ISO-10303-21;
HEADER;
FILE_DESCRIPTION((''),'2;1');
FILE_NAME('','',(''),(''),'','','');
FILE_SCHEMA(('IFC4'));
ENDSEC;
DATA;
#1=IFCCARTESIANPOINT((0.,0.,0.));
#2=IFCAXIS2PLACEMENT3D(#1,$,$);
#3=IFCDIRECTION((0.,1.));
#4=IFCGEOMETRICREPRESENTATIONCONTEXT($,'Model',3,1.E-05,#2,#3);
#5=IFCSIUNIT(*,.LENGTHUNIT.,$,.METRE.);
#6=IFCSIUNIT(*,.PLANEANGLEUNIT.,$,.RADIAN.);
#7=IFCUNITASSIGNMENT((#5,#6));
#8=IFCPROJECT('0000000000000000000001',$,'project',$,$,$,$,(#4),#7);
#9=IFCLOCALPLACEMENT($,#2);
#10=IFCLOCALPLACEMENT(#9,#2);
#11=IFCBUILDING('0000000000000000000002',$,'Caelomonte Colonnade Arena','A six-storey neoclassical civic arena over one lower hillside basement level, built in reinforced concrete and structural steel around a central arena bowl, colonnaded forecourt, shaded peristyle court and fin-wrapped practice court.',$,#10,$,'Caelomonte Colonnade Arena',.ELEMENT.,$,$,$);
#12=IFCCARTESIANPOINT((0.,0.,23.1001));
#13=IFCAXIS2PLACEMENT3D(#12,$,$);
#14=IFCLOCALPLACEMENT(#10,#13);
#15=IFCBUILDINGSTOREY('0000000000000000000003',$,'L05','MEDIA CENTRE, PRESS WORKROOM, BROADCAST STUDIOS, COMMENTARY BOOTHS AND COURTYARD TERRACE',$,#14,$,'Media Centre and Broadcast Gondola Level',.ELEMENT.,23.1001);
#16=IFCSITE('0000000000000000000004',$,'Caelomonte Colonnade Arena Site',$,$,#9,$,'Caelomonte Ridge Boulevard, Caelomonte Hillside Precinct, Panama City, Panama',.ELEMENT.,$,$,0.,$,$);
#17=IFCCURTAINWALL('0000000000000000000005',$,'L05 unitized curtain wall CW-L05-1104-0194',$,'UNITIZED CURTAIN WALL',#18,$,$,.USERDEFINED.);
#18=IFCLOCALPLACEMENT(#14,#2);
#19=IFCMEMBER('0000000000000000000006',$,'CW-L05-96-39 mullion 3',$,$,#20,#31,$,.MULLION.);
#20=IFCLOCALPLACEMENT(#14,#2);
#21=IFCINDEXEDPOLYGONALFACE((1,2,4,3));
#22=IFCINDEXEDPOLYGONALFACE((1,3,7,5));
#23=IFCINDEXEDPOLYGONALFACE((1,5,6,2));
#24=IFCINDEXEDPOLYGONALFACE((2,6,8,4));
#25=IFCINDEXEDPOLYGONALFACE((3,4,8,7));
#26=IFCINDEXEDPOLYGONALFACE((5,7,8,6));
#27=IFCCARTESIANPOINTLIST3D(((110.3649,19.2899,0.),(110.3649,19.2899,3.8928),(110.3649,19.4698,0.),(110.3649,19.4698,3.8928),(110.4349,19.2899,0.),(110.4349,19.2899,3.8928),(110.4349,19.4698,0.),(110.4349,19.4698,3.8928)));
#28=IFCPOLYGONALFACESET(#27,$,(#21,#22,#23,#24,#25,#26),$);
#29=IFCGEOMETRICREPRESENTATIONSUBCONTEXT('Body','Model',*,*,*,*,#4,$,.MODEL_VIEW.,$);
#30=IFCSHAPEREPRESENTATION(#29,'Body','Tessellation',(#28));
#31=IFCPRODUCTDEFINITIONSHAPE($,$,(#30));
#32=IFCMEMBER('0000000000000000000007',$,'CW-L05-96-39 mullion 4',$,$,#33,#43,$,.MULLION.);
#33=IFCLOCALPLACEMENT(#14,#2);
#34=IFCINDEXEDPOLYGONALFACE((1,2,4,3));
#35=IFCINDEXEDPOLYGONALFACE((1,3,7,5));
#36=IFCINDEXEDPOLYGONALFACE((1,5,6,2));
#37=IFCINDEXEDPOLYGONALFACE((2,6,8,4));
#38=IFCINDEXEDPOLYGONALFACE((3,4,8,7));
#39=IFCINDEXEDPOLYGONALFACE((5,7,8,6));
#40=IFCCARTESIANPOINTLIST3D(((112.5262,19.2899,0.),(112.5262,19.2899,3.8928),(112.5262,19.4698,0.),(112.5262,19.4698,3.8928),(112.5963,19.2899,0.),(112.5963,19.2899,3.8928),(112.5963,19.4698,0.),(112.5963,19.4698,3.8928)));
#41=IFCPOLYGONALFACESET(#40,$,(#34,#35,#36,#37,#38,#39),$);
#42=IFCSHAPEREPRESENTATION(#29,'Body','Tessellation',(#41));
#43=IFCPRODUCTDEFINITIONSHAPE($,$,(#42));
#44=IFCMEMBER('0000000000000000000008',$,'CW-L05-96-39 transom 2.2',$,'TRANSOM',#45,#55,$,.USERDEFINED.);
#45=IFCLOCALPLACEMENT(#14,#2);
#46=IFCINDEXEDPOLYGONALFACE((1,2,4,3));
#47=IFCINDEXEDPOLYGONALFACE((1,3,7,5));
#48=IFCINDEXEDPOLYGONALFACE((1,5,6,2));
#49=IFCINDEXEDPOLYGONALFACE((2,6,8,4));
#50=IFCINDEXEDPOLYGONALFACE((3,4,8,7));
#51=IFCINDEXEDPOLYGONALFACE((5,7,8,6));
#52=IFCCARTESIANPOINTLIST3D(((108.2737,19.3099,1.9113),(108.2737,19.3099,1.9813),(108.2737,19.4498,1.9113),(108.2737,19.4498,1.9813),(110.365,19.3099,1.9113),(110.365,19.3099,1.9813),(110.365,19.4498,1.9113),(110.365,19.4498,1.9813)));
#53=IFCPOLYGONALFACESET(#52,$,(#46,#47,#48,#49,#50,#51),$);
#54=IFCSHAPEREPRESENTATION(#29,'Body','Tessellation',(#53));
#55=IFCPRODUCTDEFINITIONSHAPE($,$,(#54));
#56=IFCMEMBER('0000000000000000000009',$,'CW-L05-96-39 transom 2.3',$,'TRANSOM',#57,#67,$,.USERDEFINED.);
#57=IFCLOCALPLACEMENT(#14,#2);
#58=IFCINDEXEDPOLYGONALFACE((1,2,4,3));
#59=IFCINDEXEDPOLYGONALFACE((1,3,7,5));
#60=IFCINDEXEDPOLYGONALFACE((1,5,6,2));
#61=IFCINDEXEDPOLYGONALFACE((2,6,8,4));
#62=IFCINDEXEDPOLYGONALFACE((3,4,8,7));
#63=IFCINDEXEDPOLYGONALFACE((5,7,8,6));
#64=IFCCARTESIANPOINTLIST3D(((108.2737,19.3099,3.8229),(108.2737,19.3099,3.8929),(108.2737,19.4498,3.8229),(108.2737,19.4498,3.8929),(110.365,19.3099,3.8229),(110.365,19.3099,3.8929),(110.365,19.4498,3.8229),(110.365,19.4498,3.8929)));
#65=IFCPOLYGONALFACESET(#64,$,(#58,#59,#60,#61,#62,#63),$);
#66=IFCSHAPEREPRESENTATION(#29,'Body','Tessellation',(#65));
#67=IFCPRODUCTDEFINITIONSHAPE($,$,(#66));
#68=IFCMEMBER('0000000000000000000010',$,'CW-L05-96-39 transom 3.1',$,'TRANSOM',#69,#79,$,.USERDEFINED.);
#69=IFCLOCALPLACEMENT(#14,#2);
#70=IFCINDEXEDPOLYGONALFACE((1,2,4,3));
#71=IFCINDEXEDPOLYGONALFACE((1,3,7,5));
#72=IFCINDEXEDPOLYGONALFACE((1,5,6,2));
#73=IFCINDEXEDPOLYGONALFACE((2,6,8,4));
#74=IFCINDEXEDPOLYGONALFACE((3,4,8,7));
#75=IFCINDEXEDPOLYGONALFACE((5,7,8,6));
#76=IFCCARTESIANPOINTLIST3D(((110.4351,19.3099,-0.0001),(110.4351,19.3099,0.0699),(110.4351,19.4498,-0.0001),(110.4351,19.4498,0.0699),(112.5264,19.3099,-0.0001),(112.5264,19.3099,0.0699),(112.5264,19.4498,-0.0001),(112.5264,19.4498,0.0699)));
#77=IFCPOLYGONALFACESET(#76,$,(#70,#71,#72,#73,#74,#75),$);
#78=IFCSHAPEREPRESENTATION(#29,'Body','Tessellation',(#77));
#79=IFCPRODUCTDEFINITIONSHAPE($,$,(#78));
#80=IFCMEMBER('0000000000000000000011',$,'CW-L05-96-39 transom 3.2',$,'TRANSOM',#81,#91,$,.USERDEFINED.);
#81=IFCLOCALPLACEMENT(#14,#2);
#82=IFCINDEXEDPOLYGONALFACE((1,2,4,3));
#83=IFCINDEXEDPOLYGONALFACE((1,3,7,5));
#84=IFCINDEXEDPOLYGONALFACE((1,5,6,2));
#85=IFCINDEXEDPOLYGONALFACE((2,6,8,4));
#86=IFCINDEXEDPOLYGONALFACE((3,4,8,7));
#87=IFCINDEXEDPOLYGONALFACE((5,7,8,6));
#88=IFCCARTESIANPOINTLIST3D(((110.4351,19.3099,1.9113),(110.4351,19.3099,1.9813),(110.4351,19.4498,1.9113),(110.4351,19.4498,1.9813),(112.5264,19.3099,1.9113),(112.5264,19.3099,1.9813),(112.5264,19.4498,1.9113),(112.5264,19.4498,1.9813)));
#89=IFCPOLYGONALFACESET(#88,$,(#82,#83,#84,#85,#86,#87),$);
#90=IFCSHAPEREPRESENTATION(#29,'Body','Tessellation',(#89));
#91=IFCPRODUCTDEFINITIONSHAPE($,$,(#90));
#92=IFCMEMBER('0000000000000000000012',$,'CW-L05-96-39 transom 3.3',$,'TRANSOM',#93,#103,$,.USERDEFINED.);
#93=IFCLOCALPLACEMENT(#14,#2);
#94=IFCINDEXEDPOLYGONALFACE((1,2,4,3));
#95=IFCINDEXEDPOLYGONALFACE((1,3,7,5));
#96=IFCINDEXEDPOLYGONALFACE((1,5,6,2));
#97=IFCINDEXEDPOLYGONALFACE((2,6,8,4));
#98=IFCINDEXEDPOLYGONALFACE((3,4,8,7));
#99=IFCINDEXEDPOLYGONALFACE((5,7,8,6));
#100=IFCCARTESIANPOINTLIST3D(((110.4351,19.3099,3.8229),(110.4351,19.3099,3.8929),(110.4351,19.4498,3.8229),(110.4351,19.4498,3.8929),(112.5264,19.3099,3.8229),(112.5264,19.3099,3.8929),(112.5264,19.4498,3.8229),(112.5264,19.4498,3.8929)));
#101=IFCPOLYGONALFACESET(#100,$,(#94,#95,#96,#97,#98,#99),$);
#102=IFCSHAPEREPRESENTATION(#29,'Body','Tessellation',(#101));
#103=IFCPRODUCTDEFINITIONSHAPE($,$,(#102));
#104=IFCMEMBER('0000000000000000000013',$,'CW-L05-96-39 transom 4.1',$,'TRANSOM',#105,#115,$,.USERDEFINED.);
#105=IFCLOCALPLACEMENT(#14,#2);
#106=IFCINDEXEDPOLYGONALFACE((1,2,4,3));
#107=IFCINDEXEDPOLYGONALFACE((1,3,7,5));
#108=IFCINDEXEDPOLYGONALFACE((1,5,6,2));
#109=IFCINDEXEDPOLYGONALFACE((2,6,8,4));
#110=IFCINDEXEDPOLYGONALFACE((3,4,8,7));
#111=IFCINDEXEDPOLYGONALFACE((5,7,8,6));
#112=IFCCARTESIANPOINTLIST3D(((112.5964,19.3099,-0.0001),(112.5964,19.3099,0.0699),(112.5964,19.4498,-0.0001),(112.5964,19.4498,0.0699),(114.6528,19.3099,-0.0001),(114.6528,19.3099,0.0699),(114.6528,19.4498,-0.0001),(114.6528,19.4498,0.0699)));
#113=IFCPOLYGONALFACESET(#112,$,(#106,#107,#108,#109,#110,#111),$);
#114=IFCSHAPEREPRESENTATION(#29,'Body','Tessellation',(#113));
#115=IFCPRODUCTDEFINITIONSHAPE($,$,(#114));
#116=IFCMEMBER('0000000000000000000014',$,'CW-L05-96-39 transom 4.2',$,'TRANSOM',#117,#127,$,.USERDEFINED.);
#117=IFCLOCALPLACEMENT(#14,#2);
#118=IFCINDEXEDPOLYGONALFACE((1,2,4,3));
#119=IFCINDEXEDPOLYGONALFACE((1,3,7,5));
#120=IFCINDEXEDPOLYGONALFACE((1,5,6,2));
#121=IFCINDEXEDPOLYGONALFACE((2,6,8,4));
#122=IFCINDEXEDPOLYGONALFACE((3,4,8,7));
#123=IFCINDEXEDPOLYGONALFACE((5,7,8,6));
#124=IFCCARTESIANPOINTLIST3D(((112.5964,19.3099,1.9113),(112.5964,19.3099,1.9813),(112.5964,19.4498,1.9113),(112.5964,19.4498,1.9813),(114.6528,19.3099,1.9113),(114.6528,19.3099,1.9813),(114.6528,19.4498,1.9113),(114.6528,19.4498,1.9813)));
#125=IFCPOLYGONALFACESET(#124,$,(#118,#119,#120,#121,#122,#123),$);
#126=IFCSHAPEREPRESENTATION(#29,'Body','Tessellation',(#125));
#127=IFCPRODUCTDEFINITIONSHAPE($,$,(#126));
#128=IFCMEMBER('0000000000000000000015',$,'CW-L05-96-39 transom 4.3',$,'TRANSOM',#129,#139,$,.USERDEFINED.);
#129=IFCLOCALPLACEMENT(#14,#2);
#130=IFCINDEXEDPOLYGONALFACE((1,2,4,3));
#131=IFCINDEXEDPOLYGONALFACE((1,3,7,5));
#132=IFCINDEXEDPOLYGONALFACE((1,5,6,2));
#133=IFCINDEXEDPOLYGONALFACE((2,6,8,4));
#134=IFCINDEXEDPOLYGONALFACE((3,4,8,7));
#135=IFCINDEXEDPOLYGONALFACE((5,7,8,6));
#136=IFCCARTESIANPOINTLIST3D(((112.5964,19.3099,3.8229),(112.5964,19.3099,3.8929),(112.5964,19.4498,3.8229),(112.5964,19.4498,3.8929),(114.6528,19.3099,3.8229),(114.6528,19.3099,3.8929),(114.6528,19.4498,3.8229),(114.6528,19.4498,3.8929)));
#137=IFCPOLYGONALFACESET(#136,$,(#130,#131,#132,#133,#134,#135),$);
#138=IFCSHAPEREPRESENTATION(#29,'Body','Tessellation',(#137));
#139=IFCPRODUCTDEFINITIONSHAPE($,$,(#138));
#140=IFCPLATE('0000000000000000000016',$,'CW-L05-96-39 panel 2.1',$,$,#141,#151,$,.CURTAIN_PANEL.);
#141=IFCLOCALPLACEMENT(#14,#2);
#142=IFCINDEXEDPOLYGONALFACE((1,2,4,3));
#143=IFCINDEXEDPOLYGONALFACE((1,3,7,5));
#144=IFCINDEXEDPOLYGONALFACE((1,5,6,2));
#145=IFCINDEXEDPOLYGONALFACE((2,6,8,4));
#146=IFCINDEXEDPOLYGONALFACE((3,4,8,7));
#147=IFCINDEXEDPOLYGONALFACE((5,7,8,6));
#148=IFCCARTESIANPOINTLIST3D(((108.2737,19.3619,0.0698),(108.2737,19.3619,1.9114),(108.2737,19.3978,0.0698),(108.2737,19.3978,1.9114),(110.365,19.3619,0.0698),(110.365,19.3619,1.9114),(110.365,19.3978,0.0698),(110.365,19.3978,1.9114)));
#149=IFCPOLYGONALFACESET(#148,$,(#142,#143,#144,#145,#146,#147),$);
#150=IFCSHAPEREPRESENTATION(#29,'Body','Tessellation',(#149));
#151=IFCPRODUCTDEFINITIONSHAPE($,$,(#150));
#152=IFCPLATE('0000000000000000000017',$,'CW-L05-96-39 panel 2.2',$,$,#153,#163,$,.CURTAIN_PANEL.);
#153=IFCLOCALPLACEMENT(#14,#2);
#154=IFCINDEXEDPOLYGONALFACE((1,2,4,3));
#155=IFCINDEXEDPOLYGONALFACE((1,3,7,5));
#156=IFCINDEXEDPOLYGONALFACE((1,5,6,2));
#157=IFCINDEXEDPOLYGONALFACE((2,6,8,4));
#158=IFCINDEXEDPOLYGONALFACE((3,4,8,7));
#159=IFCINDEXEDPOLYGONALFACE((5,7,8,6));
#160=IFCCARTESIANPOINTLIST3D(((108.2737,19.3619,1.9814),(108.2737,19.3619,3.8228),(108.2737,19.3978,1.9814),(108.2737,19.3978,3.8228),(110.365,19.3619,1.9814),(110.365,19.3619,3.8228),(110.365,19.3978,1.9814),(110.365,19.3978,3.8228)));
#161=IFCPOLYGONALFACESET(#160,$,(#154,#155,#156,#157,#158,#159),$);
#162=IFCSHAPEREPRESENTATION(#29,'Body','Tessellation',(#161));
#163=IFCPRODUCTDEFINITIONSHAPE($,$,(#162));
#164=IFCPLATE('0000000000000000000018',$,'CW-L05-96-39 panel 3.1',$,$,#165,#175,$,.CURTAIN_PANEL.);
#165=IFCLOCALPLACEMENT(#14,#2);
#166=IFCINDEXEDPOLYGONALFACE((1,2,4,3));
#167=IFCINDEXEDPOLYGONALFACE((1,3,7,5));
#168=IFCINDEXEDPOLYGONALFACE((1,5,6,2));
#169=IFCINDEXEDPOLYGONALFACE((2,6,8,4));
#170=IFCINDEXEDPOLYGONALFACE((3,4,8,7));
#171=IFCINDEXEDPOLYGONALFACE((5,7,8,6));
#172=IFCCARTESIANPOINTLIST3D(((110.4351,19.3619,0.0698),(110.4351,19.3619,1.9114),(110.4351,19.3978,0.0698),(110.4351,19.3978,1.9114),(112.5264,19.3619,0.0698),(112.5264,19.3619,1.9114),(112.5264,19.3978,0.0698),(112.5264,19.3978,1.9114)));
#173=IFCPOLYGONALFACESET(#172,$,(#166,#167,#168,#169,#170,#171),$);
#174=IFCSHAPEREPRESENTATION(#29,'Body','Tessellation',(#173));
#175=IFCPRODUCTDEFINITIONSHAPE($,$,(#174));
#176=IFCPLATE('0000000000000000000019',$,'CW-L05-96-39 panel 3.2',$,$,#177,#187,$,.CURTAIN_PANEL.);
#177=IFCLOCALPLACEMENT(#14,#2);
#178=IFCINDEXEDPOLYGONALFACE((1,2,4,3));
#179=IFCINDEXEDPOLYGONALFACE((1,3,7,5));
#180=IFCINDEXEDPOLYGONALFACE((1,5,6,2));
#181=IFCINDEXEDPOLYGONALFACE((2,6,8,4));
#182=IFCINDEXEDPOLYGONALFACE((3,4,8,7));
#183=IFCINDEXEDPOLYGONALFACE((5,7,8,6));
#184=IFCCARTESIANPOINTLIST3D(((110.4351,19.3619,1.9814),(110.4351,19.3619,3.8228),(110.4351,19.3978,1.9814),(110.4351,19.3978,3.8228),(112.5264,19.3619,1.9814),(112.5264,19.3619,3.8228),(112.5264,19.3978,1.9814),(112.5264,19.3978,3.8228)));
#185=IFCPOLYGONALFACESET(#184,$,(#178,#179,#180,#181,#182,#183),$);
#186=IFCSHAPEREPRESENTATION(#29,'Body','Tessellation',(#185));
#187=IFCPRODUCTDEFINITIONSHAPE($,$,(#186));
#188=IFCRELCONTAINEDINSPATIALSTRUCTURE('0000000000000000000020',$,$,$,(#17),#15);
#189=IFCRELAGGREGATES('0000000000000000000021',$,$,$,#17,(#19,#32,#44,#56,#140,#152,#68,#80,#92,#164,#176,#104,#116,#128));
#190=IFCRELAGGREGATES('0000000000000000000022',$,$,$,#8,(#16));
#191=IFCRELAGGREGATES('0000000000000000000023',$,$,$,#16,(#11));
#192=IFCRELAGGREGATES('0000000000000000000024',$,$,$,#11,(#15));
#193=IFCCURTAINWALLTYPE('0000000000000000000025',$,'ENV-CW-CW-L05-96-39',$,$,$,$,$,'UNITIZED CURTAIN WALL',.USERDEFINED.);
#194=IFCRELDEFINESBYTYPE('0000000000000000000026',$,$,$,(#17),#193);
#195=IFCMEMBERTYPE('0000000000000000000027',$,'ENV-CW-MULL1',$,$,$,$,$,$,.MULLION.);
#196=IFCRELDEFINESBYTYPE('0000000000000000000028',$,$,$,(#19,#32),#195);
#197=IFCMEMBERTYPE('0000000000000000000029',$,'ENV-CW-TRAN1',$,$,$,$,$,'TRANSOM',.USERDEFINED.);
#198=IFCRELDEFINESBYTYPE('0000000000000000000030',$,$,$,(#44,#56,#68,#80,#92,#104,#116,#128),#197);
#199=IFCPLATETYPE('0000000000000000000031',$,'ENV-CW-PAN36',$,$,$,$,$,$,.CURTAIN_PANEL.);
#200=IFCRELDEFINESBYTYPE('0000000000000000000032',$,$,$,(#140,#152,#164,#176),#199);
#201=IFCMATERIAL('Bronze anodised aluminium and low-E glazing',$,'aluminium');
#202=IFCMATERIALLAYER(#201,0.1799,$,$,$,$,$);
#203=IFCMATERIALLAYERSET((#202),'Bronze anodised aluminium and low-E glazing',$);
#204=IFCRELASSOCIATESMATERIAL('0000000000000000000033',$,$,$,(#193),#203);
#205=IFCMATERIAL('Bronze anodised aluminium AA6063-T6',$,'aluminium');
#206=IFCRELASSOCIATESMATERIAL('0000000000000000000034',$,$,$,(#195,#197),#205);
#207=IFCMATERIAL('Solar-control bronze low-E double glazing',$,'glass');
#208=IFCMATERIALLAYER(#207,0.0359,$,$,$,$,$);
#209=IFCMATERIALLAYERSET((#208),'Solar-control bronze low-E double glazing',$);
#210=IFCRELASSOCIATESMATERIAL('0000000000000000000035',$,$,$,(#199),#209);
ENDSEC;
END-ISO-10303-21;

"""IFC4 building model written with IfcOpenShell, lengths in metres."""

from ifc_helpers import new_model, si_unit, direction, frame, origin, origin_2d, place, context, subcontext, project, spatial, rectangle, extrude, material, layer, layer_set, material_profile, profile_set, type_object, element, aggregate, save


model = new_model("IFC4")

# Units and contexts
model_context = context("Model", 3, precision=1e-05, world=origin(), true_north=direction((0.0, 1.0)))
body_context = subcontext(model_context, "Body", "Model", "MODEL_VIEW")
ifc_project = project(units=[si_unit("LENGTHUNIT", "METRE"), si_unit("PLANEANGLEUNIT", "RADIAN")], contexts=[model_context])

# Site, building, storey
site_placement = place(None, origin())
site = spatial("IfcSite", under=ifc_project, at=site_placement, Name="Caelomonte Colonnade Arena Site", LongName="Caelomonte Ridge Boulevard, Caelomonte Hillside Precinct, Panama City, Panama", CompositionType="ELEMENT", RefElevation=0.0)
building_placement = place(site_placement, origin())
building = spatial("IfcBuilding", under=site, at=building_placement, Name="Caelomonte Colonnade Arena", Description="A six-storey neoclassical civic arena over one lower hillside basement level, built in reinforced concrete and structural steel around a central arena bowl, colonnaded forecourt, shaded peristyle court and fin-wrapped practice court.", LongName="Caelomonte Colonnade Arena", CompositionType="ELEMENT")
storey_placement = place(building_placement, frame((0.0, 0.0, 23.1001)))
storey = spatial("IfcBuildingStorey", under=building, at=storey_placement, Name="L05", Description="MEDIA CENTRE, PRESS WORKROOM, BROADCAST STUDIOS, COMMENTARY BOOTHS AND COURTYARD TERRACE", LongName="Media Centre and Broadcast Gondola Level", CompositionType="ELEMENT", Elevation=23.1001)

# Curtain wall, members, plates
ifc_material_1 = material(Name="Bronze anodised aluminium and low-E glazing", Category="aluminium")
ifc_layer_1 = layer(ifc_material_1, 0.1799)
ifc_layer_set_1 = layer_set([ifc_layer_1], Name="Bronze anodised aluminium and low-E glazing")
curtain_wall_type = type_object("IfcCurtainWallType", Name="ENV-CW-CW-L05-96-39", ElementType="UNITIZED CURTAIN WALL", PredefinedType="USERDEFINED", material=ifc_layer_set_1)
curtain_wall_placement = place(storey_placement, origin())
curtain_wall = element("IfcCurtainWall", 1, at=curtain_wall_placement, inside=storey, type_object=curtain_wall_type, Name="L05 unitized curtain wall CW-L05-1104-0194", ObjectType="UNITIZED CURTAIN WALL", PredefinedType="USERDEFINED")
ifc_material_2 = material(Name="Bronze anodised aluminium AA6063-T6", Category="aluminium")
ifc_material_profile_1 = material_profile(ifc_material_2, rectangle(XDim=0.0701, YDim=0.1799, at=origin_2d()), Name="CWM-70X180")
ifc_profile_set_1 = profile_set([ifc_material_profile_1], Name="Bronze anodised aluminium AA6063-T6")
member_type_1 = type_object("IfcMemberType", Name="ENV-CW-MULL1", PredefinedType="MULLION", material=ifc_profile_set_1)
member_1_placement = place(storey_placement, frame((110.3999, 19.3799, 0.0), z_axis=(0.0, 0.0, 1.0), x_axis=(1.0, 0.0, 0.0)))
member_1 = element("IfcMember", 2, at=member_1_placement, type_object=member_type_1, Name="CW-L05-96-39 mullion 3", PredefinedType="MULLION", context=body_context, shape_type="SweptSolid", body=[
    extrude(rectangle(XDim=0.0701, YDim=0.1799, at=origin_2d()), origin(), (0.0, 0.0, 1.0), 3.8928),
])
member_2_placement = place(storey_placement, frame((112.5613, 19.3799, 0.0), z_axis=(0.0, 0.0, 1.0), x_axis=(1.0, 0.0, 0.0)))
member_2 = element("IfcMember", 3, at=member_2_placement, type_object=member_type_1, Name="CW-L05-96-39 mullion 4", PredefinedType="MULLION", context=body_context, shape_type="SweptSolid", body=[
    extrude(rectangle(XDim=0.0701, YDim=0.1799, at=origin_2d()), origin(), (0.0, 0.0, 1.0), 3.8928),
])
ifc_material_profile_2 = material_profile(ifc_material_2, rectangle(XDim=0.0701, YDim=0.1399, at=origin_2d()), Name="CWT-70X140")
ifc_profile_set_2 = profile_set([ifc_material_profile_2], Name="Bronze anodised aluminium AA6063-T6")
member_type_2 = type_object("IfcMemberType", Name="ENV-CW-TRAN1", ElementType="TRANSOM", PredefinedType="USERDEFINED", material=ifc_profile_set_2)
member_3_placement = place(storey_placement, frame((108.2737, 19.3799, 1.9463), z_axis=(1.0, 0.0, 0.0), x_axis=(0.0, 0.0, 1.0)))
member_3 = element("IfcMember", 4, at=member_3_placement, type_object=member_type_2, Name="CW-L05-96-39 transom 2.2", ObjectType="TRANSOM", PredefinedType="USERDEFINED", context=body_context, shape_type="SweptSolid", body=[
    extrude(rectangle(XDim=0.0701, YDim=0.1399, at=origin_2d()), origin(), (0.0, 0.0, 1.0), 2.0913),
])
member_4_placement = place(storey_placement, frame((108.2737, 19.3799, 3.8579), z_axis=(1.0, 0.0, 0.0), x_axis=(0.0, 0.0, 1.0)))
member_4 = element("IfcMember", 5, at=member_4_placement, type_object=member_type_2, Name="CW-L05-96-39 transom 2.3", ObjectType="TRANSOM", PredefinedType="USERDEFINED", context=body_context, shape_type="SweptSolid", body=[
    extrude(rectangle(XDim=0.0701, YDim=0.1399, at=origin_2d()), origin(), (0.0, 0.0, 1.0), 2.0913),
])
member_5_placement = place(storey_placement, frame((110.4351, 19.3799, 0.0349), z_axis=(1.0, 0.0, 0.0), x_axis=(0.0, 0.0, 1.0)))
member_5 = element("IfcMember", 6, at=member_5_placement, type_object=member_type_2, Name="CW-L05-96-39 transom 3.1", ObjectType="TRANSOM", PredefinedType="USERDEFINED", context=body_context, shape_type="SweptSolid", body=[
    extrude(rectangle(XDim=0.0701, YDim=0.1399, at=origin_2d()), origin(), (0.0, 0.0, 1.0), 2.0913),
])
member_6_placement = place(storey_placement, frame((110.4351, 19.3799, 1.9463), z_axis=(1.0, 0.0, 0.0), x_axis=(0.0, 0.0, 1.0)))
member_6 = element("IfcMember", 7, at=member_6_placement, type_object=member_type_2, Name="CW-L05-96-39 transom 3.2", ObjectType="TRANSOM", PredefinedType="USERDEFINED", context=body_context, shape_type="SweptSolid", body=[
    extrude(rectangle(XDim=0.0701, YDim=0.1399, at=origin_2d()), origin(), (0.0, 0.0, 1.0), 2.0913),
])
member_7_placement = place(storey_placement, frame((110.4351, 19.3799, 3.8579), z_axis=(1.0, 0.0, 0.0), x_axis=(0.0, 0.0, 1.0)))
member_7 = element("IfcMember", 8, at=member_7_placement, type_object=member_type_2, Name="CW-L05-96-39 transom 3.3", ObjectType="TRANSOM", PredefinedType="USERDEFINED", context=body_context, shape_type="SweptSolid", body=[
    extrude(rectangle(XDim=0.0701, YDim=0.1399, at=origin_2d()), origin(), (0.0, 0.0, 1.0), 2.0913),
])
member_8_placement = place(storey_placement, frame((112.5964, 19.3799, 0.0349), z_axis=(1.0, 0.0, 0.0), x_axis=(0.0, 0.0, 1.0)))
member_8 = element("IfcMember", 9, at=member_8_placement, type_object=member_type_2, Name="CW-L05-96-39 transom 4.1", ObjectType="TRANSOM", PredefinedType="USERDEFINED", context=body_context, shape_type="SweptSolid", body=[
    extrude(rectangle(XDim=0.0701, YDim=0.1399, at=origin_2d()), origin(), (0.0, 0.0, 1.0), 2.0564),
])
member_9_placement = place(storey_placement, frame((112.5964, 19.3799, 1.9463), z_axis=(1.0, 0.0, 0.0), x_axis=(0.0, 0.0, 1.0)))
member_9 = element("IfcMember", 10, at=member_9_placement, type_object=member_type_2, Name="CW-L05-96-39 transom 4.2", ObjectType="TRANSOM", PredefinedType="USERDEFINED", context=body_context, shape_type="SweptSolid", body=[
    extrude(rectangle(XDim=0.0701, YDim=0.1399, at=origin_2d()), origin(), (0.0, 0.0, 1.0), 2.0564),
])
member_10_placement = place(storey_placement, frame((112.5964, 19.3799, 3.8579), z_axis=(1.0, 0.0, 0.0), x_axis=(0.0, 0.0, 1.0)))
member_10 = element("IfcMember", 11, at=member_10_placement, type_object=member_type_2, Name="CW-L05-96-39 transom 4.3", ObjectType="TRANSOM", PredefinedType="USERDEFINED", context=body_context, shape_type="SweptSolid", body=[
    extrude(rectangle(XDim=0.0701, YDim=0.1399, at=origin_2d()), origin(), (0.0, 0.0, 1.0), 2.0564),
])
ifc_material_3 = material(Name="Solar-control bronze low-E double glazing", Category="glass")
ifc_layer_2 = layer(ifc_material_3, 0.0359)
ifc_layer_set_2 = layer_set([ifc_layer_2], Name="Solar-control bronze low-E double glazing")
plate_type = type_object("IfcPlateType", Name="ENV-CW-PAN36", PredefinedType="CURTAIN_PANEL", material=ifc_layer_set_2)
plate_1_placement = place(storey_placement, frame((109.3193, 19.3799, 0.0698), z_axis=(0.0, 0.0, 1.0), x_axis=(1.0, 0.0, 0.0)))
plate_1 = element("IfcPlate", 12, at=plate_1_placement, type_object=plate_type, Name="CW-L05-96-39 panel 2.1", PredefinedType="CURTAIN_PANEL", context=body_context, shape_type="SweptSolid", body=[
    extrude(rectangle(XDim=2.0913, YDim=0.0359, at=origin_2d()), origin(), (0.0, 0.0, 1.0), 1.8416),
])
plate_2_placement = place(storey_placement, frame((109.3193, 19.3799, 1.9814), z_axis=(0.0, 0.0, 1.0), x_axis=(1.0, 0.0, 0.0)))
plate_2 = element("IfcPlate", 13, at=plate_2_placement, type_object=plate_type, Name="CW-L05-96-39 panel 2.2", PredefinedType="CURTAIN_PANEL", context=body_context, shape_type="SweptSolid", body=[
    extrude(rectangle(XDim=2.0913, YDim=0.0359, at=origin_2d()), origin(), (0.0, 0.0, 1.0), 1.8413),
])
plate_3_placement = place(storey_placement, frame((111.4807, 19.3799, 0.0698), z_axis=(0.0, 0.0, 1.0), x_axis=(1.0, 0.0, 0.0)))
plate_3 = element("IfcPlate", 14, at=plate_3_placement, type_object=plate_type, Name="CW-L05-96-39 panel 3.1", PredefinedType="CURTAIN_PANEL", context=body_context, shape_type="SweptSolid", body=[
    extrude(rectangle(XDim=2.0913, YDim=0.0359, at=origin_2d()), origin(), (0.0, 0.0, 1.0), 1.8416),
])
plate_4_placement = place(storey_placement, frame((111.4807, 19.3799, 1.9814), z_axis=(0.0, 0.0, 1.0), x_axis=(1.0, 0.0, 0.0)))
plate_4 = element("IfcPlate", 15, at=plate_4_placement, type_object=plate_type, Name="CW-L05-96-39 panel 3.2", PredefinedType="CURTAIN_PANEL", context=body_context, shape_type="SweptSolid", body=[
    extrude(rectangle(XDim=2.0913, YDim=0.0359, at=origin_2d()), origin(), (0.0, 0.0, 1.0), 1.8413),
])
aggregate(curtain_wall, [member_1, member_2, member_3, member_4, plate_1, plate_2, member_5, member_6, member_7, plate_3, plate_4, member_8, member_9, member_10])

save(model, "model.ifc")
